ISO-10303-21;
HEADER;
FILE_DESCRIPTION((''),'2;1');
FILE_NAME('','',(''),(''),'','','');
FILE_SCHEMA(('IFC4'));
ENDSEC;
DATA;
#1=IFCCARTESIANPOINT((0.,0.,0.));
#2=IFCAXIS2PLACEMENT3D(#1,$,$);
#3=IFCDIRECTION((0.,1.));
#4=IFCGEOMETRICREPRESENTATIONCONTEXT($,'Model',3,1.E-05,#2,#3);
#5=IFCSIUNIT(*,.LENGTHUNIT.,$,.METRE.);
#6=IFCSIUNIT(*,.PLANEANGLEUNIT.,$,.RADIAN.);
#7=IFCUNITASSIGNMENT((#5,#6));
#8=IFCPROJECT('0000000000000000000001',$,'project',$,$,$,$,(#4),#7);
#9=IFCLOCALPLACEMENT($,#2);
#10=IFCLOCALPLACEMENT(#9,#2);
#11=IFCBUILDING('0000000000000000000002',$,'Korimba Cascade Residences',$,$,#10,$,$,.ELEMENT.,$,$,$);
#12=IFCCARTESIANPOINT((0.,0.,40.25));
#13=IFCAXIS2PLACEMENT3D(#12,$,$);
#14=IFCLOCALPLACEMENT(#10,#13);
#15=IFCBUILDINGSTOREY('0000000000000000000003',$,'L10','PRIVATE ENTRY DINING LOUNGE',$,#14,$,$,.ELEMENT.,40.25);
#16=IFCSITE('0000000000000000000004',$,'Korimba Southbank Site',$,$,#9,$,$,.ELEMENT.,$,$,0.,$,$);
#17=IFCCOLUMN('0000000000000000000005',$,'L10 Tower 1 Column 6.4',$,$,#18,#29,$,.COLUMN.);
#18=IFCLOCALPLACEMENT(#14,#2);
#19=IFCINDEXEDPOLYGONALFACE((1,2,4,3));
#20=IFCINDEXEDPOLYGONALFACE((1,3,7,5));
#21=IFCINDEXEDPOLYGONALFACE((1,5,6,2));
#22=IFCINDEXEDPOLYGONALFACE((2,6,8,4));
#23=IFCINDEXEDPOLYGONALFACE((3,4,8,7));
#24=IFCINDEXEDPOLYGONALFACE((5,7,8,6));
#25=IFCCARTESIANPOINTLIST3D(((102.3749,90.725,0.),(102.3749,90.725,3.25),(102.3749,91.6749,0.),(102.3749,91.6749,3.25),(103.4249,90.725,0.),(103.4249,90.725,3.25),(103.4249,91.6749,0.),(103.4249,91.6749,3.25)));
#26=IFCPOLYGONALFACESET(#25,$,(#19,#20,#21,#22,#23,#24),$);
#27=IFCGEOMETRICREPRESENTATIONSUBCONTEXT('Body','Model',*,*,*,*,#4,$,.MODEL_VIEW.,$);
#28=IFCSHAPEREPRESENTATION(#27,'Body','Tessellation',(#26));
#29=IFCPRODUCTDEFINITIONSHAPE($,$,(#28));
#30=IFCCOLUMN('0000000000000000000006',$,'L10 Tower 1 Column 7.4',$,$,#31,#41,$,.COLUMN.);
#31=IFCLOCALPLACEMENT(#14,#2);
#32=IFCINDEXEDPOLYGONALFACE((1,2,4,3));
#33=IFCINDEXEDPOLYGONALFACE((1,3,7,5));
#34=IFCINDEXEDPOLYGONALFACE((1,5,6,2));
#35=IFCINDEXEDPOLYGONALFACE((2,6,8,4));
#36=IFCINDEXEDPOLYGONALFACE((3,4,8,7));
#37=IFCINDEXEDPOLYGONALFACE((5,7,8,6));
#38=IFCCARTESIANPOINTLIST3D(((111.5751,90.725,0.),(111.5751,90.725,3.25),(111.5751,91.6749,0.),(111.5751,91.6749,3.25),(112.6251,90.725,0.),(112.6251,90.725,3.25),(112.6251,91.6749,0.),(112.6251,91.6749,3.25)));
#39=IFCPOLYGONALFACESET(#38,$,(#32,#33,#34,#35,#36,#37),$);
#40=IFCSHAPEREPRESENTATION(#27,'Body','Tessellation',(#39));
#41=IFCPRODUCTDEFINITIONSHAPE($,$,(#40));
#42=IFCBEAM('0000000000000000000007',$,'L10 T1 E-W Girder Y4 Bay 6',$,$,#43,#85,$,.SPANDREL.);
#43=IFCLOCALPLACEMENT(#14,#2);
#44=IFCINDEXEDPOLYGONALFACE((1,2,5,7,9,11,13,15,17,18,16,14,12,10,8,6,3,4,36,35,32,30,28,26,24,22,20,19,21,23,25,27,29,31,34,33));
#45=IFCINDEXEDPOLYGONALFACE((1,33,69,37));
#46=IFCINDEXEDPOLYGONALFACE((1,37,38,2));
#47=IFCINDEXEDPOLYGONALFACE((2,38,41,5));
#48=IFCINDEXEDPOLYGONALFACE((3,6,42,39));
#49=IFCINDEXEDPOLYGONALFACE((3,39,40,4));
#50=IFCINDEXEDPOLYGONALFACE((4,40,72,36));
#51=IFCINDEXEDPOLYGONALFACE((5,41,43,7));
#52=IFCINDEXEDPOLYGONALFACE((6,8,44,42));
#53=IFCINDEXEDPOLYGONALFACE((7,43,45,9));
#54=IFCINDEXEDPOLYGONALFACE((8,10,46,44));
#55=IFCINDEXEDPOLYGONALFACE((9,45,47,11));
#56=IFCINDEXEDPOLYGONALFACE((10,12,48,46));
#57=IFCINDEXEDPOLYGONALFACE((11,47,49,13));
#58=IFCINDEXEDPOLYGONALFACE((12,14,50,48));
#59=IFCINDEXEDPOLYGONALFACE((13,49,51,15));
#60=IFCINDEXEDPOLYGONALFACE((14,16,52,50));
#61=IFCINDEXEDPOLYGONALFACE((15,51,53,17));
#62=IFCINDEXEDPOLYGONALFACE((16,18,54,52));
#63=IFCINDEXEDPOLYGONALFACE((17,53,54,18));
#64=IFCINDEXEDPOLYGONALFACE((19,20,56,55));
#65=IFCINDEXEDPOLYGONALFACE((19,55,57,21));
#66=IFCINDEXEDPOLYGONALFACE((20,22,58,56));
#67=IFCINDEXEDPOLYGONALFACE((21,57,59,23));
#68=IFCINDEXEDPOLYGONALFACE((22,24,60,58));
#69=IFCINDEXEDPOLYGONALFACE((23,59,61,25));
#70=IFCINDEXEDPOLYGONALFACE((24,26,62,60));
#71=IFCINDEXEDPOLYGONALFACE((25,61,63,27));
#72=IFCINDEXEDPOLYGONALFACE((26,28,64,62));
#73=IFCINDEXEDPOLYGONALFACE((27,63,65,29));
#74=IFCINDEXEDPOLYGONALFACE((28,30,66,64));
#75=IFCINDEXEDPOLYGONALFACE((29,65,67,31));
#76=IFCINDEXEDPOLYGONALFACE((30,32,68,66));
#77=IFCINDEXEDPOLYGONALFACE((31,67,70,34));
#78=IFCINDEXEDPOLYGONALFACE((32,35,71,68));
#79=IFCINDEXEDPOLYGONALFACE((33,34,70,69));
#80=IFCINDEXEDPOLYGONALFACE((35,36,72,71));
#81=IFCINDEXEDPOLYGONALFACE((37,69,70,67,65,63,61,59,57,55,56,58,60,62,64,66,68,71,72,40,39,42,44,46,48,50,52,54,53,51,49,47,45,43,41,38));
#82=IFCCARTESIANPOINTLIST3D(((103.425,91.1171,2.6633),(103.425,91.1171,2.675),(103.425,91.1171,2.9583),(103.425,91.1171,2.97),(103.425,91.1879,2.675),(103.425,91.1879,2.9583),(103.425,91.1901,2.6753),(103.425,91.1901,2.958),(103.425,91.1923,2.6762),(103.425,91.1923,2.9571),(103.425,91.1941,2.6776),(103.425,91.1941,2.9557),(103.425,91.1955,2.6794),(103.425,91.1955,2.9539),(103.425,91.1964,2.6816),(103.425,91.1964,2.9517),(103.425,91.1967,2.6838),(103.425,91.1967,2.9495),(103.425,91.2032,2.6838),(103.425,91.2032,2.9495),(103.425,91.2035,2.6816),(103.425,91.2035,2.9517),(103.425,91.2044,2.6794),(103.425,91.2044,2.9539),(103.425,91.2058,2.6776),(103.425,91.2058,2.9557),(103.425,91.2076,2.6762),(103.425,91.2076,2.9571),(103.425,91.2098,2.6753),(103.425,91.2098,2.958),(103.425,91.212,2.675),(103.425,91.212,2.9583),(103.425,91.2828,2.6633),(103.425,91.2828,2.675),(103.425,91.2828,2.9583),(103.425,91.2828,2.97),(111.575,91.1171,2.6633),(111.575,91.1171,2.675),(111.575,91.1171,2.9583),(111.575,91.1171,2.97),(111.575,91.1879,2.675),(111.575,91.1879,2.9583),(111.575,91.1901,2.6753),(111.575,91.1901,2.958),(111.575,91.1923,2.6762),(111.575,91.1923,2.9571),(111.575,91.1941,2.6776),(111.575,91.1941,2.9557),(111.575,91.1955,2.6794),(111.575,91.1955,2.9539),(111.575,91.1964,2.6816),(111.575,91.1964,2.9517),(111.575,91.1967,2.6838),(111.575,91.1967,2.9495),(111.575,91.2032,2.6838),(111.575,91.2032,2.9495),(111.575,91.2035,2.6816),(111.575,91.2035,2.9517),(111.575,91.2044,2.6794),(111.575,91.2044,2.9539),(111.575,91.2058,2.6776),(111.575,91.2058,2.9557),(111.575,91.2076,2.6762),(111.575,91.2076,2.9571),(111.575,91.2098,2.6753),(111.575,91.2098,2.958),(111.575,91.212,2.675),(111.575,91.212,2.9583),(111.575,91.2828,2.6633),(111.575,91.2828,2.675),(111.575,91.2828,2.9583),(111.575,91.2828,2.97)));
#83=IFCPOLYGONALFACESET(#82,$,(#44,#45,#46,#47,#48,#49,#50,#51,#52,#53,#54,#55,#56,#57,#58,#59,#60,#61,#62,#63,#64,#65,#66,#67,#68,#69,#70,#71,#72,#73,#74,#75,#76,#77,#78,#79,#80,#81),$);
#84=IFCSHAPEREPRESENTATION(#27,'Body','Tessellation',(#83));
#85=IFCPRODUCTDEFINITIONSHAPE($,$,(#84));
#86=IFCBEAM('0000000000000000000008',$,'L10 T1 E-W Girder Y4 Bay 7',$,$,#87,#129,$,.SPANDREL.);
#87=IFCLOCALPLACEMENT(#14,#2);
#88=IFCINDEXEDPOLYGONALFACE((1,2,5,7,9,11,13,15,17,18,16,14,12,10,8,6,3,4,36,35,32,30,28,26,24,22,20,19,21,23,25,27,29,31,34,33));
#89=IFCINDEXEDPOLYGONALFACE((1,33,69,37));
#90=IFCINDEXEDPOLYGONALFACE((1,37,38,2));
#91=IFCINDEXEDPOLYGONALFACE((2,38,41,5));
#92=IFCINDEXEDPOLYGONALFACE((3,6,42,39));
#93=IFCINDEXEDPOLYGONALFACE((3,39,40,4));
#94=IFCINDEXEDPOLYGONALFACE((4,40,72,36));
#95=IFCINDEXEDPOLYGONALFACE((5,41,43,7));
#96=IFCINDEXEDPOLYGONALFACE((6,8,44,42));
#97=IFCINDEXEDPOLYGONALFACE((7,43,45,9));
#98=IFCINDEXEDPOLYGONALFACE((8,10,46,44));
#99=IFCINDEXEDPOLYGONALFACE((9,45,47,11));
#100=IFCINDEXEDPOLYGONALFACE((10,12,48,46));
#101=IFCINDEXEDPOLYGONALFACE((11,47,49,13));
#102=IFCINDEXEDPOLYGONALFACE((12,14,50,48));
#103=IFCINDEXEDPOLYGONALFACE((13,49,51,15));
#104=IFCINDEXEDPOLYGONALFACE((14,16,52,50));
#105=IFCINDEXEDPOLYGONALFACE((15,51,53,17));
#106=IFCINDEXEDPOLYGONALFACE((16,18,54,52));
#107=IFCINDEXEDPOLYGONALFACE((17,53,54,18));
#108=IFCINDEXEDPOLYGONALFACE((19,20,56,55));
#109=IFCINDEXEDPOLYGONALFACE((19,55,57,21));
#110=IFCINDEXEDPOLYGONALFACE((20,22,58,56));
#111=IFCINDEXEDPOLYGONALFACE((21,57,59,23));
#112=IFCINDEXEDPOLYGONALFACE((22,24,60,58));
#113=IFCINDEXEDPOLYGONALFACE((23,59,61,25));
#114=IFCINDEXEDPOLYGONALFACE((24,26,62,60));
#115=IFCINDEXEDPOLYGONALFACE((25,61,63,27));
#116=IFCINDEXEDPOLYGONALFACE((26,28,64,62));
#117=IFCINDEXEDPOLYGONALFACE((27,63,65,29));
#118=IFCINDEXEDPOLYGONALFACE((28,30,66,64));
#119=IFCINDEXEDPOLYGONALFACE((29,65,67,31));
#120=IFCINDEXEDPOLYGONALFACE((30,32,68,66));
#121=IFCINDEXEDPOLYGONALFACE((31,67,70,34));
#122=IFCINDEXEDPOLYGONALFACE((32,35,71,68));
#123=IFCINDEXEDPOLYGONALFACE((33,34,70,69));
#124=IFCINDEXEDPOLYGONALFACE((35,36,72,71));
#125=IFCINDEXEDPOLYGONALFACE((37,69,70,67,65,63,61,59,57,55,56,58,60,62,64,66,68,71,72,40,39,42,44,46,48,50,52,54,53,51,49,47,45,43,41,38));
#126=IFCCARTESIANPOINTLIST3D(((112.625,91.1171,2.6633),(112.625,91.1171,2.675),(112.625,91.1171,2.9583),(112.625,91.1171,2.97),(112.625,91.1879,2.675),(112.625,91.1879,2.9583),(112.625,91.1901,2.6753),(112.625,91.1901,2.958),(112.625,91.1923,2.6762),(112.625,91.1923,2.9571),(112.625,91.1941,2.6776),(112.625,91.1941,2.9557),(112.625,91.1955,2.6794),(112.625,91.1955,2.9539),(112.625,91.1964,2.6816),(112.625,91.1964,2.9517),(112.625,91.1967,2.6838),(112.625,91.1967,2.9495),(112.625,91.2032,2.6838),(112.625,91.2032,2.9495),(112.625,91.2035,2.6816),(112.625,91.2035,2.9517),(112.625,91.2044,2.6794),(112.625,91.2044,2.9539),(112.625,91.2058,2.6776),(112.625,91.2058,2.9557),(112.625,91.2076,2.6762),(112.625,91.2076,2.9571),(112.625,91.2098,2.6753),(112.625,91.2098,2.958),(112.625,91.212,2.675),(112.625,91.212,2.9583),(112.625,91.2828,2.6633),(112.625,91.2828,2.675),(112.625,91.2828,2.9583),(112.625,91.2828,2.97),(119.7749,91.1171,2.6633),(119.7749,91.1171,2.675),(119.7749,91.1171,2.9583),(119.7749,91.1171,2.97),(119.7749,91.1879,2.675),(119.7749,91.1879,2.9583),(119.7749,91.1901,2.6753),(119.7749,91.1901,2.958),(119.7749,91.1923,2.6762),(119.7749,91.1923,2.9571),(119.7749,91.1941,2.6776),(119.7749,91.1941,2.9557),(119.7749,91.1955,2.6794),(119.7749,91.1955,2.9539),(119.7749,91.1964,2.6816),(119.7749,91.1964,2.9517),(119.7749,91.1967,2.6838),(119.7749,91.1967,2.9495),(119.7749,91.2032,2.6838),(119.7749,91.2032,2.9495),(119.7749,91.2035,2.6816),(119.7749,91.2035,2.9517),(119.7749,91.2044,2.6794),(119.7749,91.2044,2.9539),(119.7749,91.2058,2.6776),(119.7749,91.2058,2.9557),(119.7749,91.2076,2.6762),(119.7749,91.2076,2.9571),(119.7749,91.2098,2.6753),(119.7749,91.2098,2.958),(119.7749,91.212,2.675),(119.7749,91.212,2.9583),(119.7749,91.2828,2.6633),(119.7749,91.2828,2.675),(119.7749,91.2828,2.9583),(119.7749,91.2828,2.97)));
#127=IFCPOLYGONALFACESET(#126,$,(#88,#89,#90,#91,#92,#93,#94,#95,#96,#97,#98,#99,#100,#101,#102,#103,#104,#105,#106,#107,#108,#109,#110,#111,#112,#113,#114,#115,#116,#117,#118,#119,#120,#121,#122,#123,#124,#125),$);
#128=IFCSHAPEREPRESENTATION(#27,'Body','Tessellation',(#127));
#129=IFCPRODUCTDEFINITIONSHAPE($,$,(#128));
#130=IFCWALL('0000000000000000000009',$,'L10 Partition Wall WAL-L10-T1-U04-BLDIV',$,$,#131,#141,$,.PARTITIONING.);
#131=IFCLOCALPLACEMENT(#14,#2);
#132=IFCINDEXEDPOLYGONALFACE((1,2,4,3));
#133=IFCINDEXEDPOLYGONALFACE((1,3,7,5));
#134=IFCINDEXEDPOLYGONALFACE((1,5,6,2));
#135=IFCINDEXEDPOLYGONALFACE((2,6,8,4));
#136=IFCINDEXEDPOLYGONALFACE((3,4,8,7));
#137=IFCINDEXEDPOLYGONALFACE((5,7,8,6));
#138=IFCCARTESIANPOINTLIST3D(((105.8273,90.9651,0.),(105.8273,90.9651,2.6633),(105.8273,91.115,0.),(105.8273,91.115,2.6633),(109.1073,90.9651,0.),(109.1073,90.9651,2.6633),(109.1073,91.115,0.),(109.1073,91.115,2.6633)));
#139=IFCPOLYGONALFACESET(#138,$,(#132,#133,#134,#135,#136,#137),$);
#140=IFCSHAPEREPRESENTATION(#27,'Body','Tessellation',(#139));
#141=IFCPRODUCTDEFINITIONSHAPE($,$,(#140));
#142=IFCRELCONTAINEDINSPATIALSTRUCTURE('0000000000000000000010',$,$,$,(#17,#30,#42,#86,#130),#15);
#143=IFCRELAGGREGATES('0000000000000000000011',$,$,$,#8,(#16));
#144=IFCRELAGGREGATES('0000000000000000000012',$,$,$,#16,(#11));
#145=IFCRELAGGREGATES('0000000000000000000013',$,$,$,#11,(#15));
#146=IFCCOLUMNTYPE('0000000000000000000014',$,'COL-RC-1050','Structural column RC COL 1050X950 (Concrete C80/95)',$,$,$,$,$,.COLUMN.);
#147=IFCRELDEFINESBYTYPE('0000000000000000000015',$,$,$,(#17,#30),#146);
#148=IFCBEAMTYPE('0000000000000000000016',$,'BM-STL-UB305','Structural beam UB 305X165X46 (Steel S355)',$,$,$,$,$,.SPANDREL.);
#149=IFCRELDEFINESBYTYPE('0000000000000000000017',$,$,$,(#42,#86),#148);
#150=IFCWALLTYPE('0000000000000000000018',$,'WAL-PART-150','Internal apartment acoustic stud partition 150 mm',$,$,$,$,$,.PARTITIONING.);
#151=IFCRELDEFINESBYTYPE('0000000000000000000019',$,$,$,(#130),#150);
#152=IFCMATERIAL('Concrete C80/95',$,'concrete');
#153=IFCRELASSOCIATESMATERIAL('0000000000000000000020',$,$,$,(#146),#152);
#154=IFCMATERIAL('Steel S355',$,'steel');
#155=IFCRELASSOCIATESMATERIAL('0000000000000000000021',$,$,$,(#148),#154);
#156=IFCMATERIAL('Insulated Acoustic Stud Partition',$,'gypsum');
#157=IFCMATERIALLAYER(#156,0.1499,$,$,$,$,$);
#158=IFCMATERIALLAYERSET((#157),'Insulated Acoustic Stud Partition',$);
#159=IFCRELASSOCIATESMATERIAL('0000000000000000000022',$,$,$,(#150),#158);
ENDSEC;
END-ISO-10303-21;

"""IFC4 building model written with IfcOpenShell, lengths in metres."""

from ifc_helpers import new_model, si_unit, direction, frame, frame_2d, origin, origin_2d, place, context, subcontext, project, spatial, rectangle, i_section, extrude, material, layer, layer_set, material_profile, profile_set, type_object, element, save


model = new_model("IFC4")

# Units and contexts
model_context = context("Model", 3, precision=1e-05, world=origin(), true_north=direction((0.0, 1.0)))
body_context = subcontext(model_context, "Body", "Model", "MODEL_VIEW")
ifc_project = project(units=[si_unit("LENGTHUNIT", "METRE"), si_unit("PLANEANGLEUNIT", "RADIAN")], contexts=[model_context])

# Site, building, storey
site_placement = place(None, origin())
site = spatial("IfcSite", under=ifc_project, at=site_placement, Name="Korimba Southbank Site", CompositionType="ELEMENT", RefElevation=0.0)
building_placement = place(site_placement, origin())
building = spatial("IfcBuilding", under=site, at=building_placement, Name="Korimba Cascade Residences", CompositionType="ELEMENT")
storey_placement = place(building_placement, frame((0.0, 0.0, 40.25)))
storey = spatial("IfcBuildingStorey", under=building, at=storey_placement, Name="L10", Description="PRIVATE ENTRY DINING LOUNGE", CompositionType="ELEMENT", Elevation=40.25)

# Columns
ifc_material_1 = material(Name="Concrete C80/95", Category="concrete")
ifc_material_profile_1 = material_profile(ifc_material_1, rectangle(XDim=1.05, YDim=0.95, at=origin_2d()), Name="Concrete C80/95")
ifc_profile_set_1 = profile_set([ifc_material_profile_1], Name="Concrete C80/95")
column_type = type_object("IfcColumnType", Name="COL-RC-1050", Description="Structural column RC COL 1050X950 (Concrete C80/95)", PredefinedType="COLUMN", material=ifc_profile_set_1)
for number, where, z_axis, x_axis, name in (
    (1, (102.8999, 91.2, 0.0), (0.0, 0.0, 1.0), (1.0, 0.0, 0.0), "L10 Tower 1 Column 6.4"),
    (2, (112.1001, 91.2, 0.0), (0.0, 0.0, 1.0), (1.0, 0.0, 0.0), "L10 Tower 1 Column 7.4"),
):
    element("IfcColumn", number, at=place(storey_placement, frame(where, z_axis=z_axis, x_axis=x_axis)), inside=storey, type_object=column_type, Name=name, PredefinedType="COLUMN", context=body_context, shape_type="SweptSolid", body=[
        extrude(rectangle(XDim=1.05, YDim=0.95, at=origin_2d()), origin(), (0.0, 0.0, 1.0), 3.25),
    ])

# Beams
ifc_material_2 = material(Name="Steel S355", Category="steel")
ifc_material_profile_2 = material_profile(ifc_material_2, i_section(OverallWidth=0.1658, OverallDepth=0.3066, WebThickness=0.0066, FlangeThickness=0.0117, FilletRadius=0.0088, at=origin_2d()), Name="Steel S355")
ifc_profile_set_2 = profile_set([ifc_material_profile_2], Name="Steel S355")
beam_type = type_object("IfcBeamType", Name="BM-STL-UB305", Description="Structural beam UB 305X165X46 (Steel S355)", PredefinedType="SPANDREL", material=ifc_profile_set_2)
beam_1_placement = place(storey_placement, frame((103.425, 91.2, 2.8167), z_axis=(1.0, 0.0, 0.0), x_axis=(0.0, 1.0, 0.0)))
element("IfcBeam", 3, at=beam_1_placement, inside=storey, type_object=beam_type, Name="L10 T1 E-W Girder Y4 Bay 6", PredefinedType="SPANDREL", context=body_context, shape_type="SweptSolid", body=[
    extrude(i_section(OverallWidth=0.1658, OverallDepth=0.3066, WebThickness=0.0066, FlangeThickness=0.0117, FilletRadius=0.0088, at=origin_2d()), origin(), (0.0, 0.0, 1.0), 8.1499),
])
beam_2_placement = place(storey_placement, frame((112.625, 91.2, 2.8167), z_axis=(1.0, 0.0, 0.0), x_axis=(0.0, 1.0, 0.0)))
element("IfcBeam", 4, at=beam_2_placement, inside=storey, type_object=beam_type, Name="L10 T1 E-W Girder Y4 Bay 7", PredefinedType="SPANDREL", context=body_context, shape_type="SweptSolid", body=[
    extrude(i_section(OverallWidth=0.1658, OverallDepth=0.3066, WebThickness=0.0066, FlangeThickness=0.0117, FilletRadius=0.0088, at=origin_2d()), origin(), (0.0, 0.0, 1.0), 7.1499),
])

# Wall
ifc_material_3 = material(Name="Insulated Acoustic Stud Partition", Category="gypsum")
ifc_layer = layer(ifc_material_3, 0.1499)
ifc_layer_set = layer_set([ifc_layer], Name="Insulated Acoustic Stud Partition")
wall_type = type_object("IfcWallType", Name="WAL-PART-150", Description="Internal apartment acoustic stud partition 150 mm", PredefinedType="PARTITIONING", material=ifc_layer_set)
wall_1_placement = place(storey_placement, frame((105.8271, 91.04, 0.0), z_axis=(0.0, 0.0, 1.0), x_axis=(1.0, 0.0, 0.0)))
element("IfcWall", 5, at=wall_1_placement, inside=storey, type_object=wall_type, Name="L10 Partition Wall WAL-L10-T1-U04-BLDIV", PredefinedType="PARTITIONING", context=body_context, shape_type="SweptSolid", body=[
    extrude(rectangle(XDim=3.28, YDim=0.1499, at=frame_2d((1.6401, 0.0))), origin(), (0.0, 0.0, 1.0), 2.6633),
])

save(model, "model.ifc")
